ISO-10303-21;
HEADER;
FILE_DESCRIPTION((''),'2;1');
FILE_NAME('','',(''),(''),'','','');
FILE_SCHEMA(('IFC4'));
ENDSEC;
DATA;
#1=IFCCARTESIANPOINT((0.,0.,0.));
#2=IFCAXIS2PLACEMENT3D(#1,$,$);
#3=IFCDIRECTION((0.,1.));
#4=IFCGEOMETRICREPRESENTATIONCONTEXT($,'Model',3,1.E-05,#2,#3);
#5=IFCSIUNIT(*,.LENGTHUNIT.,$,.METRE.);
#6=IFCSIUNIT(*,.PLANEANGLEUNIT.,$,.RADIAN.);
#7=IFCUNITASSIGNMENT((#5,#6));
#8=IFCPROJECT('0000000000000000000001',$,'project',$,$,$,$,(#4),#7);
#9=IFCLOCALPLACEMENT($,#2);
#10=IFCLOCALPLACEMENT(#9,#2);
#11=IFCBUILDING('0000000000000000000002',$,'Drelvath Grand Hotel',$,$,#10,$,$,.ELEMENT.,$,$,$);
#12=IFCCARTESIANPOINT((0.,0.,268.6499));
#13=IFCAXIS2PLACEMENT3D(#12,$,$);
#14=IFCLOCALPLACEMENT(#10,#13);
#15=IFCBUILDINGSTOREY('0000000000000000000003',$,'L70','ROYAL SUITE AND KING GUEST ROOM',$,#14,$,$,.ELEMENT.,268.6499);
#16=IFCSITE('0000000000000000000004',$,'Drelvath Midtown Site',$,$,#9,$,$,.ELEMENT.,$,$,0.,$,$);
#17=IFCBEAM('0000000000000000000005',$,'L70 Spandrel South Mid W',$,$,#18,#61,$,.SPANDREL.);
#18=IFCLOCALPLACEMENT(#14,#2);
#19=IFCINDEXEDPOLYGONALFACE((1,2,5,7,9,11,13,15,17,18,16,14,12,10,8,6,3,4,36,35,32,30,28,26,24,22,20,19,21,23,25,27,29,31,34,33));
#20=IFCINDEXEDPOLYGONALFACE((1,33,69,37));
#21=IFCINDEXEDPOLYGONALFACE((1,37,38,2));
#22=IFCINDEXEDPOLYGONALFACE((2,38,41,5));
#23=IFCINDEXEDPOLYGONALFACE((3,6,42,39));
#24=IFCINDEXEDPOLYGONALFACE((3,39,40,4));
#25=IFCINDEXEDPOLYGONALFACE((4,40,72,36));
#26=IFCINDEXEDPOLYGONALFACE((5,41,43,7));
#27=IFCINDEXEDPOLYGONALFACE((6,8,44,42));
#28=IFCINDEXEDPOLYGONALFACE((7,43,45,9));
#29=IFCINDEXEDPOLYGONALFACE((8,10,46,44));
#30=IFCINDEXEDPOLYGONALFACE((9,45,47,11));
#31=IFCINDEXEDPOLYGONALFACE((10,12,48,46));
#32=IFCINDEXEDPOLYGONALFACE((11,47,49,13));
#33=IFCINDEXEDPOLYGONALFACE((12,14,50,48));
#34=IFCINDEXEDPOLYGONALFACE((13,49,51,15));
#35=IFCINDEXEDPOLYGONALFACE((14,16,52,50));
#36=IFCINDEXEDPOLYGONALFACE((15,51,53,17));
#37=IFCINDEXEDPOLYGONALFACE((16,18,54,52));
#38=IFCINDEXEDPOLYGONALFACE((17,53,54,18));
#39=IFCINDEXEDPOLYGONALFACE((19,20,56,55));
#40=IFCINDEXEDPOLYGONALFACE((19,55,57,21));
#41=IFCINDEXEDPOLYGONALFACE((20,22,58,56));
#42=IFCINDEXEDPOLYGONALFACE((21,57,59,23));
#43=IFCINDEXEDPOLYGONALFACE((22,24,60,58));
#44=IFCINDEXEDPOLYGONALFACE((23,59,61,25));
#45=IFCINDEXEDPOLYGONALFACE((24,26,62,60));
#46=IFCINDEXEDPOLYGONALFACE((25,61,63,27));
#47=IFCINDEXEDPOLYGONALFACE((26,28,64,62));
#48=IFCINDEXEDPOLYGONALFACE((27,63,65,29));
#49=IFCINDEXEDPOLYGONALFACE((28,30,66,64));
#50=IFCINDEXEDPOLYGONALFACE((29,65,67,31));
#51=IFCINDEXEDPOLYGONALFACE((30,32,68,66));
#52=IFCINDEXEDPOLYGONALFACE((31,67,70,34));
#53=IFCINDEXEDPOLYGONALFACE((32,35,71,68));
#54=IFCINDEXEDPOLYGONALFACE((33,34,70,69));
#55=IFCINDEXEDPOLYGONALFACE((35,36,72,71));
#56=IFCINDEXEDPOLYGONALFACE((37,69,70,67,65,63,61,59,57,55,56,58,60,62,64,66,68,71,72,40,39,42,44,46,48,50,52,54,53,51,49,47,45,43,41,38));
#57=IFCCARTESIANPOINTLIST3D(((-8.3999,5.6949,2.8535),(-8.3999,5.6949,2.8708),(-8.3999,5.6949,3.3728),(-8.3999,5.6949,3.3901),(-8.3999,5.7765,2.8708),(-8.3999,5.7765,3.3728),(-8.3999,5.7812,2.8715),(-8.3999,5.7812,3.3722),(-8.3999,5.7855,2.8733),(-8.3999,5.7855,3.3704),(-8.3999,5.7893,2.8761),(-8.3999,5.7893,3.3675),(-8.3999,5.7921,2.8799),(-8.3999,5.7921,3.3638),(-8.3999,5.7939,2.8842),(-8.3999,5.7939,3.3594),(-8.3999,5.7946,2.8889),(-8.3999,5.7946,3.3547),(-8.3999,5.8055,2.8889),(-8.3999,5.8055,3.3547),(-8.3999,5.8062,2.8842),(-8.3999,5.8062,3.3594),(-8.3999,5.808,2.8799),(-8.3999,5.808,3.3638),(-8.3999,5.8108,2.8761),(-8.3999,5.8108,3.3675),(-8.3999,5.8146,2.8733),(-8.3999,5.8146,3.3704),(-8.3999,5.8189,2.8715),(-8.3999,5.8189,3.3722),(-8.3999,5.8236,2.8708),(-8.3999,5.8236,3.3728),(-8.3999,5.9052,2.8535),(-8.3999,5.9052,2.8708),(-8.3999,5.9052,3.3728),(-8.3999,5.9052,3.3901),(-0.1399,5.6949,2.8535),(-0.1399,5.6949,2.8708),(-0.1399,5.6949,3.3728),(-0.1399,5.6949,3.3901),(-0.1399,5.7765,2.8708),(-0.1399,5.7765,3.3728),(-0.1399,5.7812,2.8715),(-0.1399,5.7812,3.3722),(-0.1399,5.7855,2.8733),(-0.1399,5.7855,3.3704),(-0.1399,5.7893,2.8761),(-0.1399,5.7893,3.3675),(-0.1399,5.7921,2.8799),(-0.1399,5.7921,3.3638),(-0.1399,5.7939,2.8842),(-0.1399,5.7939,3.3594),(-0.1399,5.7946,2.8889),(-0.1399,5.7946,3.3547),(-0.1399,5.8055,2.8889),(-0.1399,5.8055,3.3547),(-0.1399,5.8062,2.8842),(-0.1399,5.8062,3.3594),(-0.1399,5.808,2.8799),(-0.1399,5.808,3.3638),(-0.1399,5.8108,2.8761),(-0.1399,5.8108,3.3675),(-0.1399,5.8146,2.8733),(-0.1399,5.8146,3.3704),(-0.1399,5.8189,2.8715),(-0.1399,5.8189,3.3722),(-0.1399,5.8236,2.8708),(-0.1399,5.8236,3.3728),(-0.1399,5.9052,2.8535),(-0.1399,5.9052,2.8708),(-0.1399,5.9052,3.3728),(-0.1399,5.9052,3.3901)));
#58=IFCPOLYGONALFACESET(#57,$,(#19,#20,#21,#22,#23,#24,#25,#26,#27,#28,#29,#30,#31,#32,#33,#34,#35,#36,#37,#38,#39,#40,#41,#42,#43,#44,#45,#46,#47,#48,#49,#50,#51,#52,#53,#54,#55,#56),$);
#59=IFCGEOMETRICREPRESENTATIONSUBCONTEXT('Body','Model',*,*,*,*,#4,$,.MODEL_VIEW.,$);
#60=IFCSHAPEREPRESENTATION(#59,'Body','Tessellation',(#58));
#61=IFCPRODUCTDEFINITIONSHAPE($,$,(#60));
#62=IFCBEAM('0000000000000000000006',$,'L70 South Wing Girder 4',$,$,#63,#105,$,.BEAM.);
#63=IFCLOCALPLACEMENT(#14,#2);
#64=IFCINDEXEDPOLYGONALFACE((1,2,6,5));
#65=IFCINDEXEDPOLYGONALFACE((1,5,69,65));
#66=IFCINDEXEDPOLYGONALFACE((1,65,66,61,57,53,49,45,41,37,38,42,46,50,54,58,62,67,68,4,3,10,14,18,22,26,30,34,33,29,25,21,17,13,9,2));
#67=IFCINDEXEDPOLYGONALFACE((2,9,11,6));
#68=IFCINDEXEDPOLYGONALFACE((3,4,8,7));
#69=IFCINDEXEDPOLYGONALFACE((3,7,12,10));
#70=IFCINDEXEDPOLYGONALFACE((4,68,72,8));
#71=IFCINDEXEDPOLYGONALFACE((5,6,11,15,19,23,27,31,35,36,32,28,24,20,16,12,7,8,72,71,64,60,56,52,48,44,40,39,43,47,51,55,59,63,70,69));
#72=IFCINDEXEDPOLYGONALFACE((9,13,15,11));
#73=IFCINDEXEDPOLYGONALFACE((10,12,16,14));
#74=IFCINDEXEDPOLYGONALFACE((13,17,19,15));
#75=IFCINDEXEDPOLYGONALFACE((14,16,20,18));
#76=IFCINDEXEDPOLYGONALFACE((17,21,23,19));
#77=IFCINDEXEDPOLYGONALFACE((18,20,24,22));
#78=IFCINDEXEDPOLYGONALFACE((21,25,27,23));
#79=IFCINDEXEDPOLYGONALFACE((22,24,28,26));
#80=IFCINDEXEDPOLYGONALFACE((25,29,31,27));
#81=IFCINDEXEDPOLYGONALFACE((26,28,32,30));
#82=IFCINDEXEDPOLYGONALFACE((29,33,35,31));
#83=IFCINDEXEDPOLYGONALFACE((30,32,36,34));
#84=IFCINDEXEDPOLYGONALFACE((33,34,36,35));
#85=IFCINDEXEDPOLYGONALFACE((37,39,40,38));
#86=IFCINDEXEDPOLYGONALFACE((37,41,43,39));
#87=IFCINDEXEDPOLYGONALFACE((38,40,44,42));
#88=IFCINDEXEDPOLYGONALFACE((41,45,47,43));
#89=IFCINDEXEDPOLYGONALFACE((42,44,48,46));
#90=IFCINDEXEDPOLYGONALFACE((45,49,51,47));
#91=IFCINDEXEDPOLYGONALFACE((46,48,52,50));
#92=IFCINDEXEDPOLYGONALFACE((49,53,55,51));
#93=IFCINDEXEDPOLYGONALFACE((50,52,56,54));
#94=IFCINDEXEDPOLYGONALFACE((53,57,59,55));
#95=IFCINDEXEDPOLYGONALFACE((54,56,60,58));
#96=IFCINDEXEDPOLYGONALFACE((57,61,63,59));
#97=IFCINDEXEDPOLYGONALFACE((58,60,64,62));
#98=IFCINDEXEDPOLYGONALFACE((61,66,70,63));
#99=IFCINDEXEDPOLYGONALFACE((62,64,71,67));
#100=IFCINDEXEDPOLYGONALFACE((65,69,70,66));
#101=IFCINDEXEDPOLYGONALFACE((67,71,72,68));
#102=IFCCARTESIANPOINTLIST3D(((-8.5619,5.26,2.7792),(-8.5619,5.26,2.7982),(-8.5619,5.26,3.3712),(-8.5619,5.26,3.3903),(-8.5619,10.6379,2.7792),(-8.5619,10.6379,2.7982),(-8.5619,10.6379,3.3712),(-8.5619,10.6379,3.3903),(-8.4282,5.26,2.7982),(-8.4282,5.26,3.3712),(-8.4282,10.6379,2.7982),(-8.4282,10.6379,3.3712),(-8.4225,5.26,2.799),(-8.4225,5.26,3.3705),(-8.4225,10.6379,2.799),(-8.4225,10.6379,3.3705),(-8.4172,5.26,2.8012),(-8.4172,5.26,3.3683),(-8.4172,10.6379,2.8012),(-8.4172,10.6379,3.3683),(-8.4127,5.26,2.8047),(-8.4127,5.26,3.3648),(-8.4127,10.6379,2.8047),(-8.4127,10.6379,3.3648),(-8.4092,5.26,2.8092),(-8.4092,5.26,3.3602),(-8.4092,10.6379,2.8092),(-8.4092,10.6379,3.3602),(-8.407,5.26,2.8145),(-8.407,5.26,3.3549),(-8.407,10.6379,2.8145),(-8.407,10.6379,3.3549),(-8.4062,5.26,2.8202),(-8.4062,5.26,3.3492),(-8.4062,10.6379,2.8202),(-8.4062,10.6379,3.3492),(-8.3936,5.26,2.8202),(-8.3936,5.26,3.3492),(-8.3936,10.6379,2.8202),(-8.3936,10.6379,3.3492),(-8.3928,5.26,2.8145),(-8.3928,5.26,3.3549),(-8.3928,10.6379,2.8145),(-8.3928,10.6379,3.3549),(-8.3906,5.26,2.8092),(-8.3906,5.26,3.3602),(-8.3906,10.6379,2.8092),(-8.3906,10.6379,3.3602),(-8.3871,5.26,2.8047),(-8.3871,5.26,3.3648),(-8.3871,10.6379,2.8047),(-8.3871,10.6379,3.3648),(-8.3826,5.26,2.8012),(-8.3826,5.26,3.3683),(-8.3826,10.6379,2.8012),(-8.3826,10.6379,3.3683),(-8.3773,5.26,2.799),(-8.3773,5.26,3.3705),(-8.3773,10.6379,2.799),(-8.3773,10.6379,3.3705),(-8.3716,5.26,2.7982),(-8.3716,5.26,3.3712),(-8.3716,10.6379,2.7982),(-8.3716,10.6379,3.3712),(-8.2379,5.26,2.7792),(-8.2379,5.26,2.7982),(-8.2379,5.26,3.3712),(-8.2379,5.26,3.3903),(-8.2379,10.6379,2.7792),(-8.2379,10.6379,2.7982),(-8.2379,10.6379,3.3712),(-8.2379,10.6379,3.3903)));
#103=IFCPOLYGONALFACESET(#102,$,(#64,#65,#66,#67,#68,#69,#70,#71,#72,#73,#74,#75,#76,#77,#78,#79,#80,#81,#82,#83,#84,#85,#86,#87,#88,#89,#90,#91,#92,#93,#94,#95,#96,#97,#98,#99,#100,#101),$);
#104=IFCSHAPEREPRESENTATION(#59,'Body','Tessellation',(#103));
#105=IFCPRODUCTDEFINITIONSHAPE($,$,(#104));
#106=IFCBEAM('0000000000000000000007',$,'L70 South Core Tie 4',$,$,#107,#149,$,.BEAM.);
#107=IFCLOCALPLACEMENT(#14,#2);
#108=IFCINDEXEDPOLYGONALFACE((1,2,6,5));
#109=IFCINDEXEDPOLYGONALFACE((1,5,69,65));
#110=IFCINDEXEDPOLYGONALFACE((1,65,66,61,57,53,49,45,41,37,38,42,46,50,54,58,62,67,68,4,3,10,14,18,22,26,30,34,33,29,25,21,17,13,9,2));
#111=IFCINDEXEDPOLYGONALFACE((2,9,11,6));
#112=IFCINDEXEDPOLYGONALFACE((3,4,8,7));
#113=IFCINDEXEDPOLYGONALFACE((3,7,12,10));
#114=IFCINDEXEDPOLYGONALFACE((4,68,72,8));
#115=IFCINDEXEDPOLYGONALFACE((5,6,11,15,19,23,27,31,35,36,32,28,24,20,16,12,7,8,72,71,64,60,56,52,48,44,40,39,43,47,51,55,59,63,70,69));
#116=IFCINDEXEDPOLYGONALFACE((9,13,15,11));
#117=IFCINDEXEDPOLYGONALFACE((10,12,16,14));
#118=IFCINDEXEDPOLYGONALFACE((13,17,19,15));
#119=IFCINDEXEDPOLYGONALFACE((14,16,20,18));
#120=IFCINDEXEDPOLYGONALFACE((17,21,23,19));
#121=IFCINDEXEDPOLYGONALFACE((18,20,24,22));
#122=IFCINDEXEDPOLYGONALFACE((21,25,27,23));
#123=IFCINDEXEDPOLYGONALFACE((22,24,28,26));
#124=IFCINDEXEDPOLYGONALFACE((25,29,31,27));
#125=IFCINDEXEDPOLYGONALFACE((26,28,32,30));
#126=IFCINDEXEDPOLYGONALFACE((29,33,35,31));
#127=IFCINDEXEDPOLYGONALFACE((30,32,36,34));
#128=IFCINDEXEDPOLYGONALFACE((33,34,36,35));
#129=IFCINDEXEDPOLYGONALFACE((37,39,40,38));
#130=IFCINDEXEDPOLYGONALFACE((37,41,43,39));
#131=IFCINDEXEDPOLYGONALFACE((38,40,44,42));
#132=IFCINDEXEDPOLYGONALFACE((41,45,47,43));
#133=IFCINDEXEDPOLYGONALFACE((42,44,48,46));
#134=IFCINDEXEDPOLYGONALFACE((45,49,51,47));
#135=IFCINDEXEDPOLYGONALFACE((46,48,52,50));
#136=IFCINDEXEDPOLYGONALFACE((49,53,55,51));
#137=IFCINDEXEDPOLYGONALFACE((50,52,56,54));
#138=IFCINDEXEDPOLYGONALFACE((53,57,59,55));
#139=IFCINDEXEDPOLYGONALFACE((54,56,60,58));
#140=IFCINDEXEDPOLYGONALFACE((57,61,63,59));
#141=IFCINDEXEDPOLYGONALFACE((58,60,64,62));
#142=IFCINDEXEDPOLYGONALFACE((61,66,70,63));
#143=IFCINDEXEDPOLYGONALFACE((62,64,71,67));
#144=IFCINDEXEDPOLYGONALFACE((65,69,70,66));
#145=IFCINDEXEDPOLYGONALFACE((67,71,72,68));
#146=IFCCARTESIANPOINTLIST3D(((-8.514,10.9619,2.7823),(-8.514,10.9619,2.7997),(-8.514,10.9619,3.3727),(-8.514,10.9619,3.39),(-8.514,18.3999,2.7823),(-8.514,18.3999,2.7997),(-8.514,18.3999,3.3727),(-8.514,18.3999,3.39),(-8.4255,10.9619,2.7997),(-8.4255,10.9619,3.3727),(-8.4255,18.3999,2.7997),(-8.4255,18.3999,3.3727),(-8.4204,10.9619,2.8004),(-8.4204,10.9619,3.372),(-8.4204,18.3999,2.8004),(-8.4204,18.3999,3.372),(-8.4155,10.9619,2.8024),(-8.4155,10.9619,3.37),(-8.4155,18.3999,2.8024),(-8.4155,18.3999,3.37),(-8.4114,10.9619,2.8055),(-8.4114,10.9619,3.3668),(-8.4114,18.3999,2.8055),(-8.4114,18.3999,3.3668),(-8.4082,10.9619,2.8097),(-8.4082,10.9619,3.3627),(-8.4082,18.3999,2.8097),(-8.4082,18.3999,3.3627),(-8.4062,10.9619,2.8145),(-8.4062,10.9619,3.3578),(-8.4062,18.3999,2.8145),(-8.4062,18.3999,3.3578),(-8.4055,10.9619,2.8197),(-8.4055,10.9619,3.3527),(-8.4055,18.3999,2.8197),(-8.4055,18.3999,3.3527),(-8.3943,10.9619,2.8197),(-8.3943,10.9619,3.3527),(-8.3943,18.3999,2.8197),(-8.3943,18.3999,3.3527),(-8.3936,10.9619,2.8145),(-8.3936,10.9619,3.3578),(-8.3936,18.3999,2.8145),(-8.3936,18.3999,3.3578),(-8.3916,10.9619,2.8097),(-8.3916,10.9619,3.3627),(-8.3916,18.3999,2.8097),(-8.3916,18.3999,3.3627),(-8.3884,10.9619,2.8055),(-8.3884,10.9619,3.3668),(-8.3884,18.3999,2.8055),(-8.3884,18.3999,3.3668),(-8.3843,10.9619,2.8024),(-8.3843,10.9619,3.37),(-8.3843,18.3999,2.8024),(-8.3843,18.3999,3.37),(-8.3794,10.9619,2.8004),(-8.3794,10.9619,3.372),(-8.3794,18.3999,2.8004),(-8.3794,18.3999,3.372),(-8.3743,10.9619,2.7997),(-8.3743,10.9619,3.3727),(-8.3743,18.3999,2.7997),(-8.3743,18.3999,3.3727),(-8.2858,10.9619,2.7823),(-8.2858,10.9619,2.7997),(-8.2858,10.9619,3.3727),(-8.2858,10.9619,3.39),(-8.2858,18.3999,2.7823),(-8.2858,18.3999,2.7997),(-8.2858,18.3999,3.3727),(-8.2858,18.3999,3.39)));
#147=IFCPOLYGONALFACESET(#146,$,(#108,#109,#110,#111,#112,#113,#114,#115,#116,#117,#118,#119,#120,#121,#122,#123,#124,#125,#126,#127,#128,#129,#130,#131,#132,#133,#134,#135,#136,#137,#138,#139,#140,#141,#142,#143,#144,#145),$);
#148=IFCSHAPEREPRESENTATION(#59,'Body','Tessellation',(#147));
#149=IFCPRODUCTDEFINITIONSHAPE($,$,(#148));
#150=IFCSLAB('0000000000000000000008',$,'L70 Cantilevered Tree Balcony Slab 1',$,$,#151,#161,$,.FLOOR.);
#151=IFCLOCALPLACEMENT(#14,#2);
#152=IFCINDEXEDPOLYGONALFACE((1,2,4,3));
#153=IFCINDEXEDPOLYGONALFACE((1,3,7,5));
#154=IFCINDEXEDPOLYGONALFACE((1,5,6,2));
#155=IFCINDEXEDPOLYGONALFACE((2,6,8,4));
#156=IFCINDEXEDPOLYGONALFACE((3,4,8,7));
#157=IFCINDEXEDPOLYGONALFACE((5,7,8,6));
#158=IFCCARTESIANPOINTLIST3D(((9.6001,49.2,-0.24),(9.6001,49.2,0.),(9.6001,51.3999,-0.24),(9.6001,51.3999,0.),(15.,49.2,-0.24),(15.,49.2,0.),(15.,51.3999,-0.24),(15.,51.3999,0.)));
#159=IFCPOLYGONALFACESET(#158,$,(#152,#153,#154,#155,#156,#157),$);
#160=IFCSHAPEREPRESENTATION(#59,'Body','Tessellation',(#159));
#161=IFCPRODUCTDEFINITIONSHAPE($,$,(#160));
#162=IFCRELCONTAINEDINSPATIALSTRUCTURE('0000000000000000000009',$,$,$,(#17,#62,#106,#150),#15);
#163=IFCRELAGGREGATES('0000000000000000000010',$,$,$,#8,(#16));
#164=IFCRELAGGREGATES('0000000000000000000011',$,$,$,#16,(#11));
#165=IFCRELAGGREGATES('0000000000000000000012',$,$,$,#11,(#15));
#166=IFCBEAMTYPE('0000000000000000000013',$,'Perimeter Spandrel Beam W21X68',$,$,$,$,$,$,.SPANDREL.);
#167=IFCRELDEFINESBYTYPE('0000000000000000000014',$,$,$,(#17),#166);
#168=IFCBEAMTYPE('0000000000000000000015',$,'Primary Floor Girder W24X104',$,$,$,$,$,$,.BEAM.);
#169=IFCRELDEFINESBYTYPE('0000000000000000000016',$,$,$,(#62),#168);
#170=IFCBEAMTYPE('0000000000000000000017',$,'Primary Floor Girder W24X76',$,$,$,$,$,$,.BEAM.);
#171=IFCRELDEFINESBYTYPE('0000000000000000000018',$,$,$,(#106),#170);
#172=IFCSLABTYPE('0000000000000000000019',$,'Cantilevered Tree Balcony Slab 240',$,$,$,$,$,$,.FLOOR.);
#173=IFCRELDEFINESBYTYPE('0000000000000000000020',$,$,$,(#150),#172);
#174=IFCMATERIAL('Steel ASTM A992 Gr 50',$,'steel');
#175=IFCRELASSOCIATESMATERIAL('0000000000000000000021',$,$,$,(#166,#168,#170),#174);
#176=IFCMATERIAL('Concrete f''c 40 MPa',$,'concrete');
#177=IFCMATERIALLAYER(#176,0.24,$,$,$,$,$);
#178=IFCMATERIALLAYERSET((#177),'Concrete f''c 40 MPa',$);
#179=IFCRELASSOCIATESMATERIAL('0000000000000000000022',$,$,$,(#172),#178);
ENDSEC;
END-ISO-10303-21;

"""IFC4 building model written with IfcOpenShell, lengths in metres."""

from ifc_helpers import new_model, si_unit, direction, frame, origin, origin_2d, place, context, subcontext, project, spatial, polyline, i_section, outline, extrude, material, layer, layer_set, material_profile, profile_set, type_object, element, save


model = new_model("IFC4")

# Units and contexts
model_context = context("Model", 3, precision=1e-05, world=origin(), true_north=direction((0.0, 1.0)))
body_context = subcontext(model_context, "Body", "Model", "MODEL_VIEW")
ifc_project = project(units=[si_unit("LENGTHUNIT", "METRE"), si_unit("PLANEANGLEUNIT", "RADIAN")], contexts=[model_context])

# Site, building, storey
site_placement = place(None, origin())
site = spatial("IfcSite", under=ifc_project, at=site_placement, Name="Drelvath Midtown Site", CompositionType="ELEMENT", RefElevation=0.0)
building_placement = place(site_placement, origin())
building = spatial("IfcBuilding", under=site, at=building_placement, Name="Drelvath Grand Hotel", CompositionType="ELEMENT")
storey_placement = place(building_placement, frame((0.0, 0.0, 268.6499)))
storey = spatial("IfcBuildingStorey", under=building, at=storey_placement, Name="L70", Description="ROYAL SUITE AND KING GUEST ROOM", CompositionType="ELEMENT", Elevation=268.6499)

# Beams
ifc_material_1 = material(Name="Steel ASTM A992 Gr 50", Category="steel")
ifc_material_profile_1 = material_profile(ifc_material_1, i_section(OverallWidth=0.2102, OverallDepth=0.5366, WebThickness=0.011, FlangeThickness=0.0173, FilletRadius=0.0181, at=origin_2d()), Name="W21X68")
ifc_profile_set_1 = profile_set([ifc_material_profile_1], Name="Steel ASTM A992 Gr 50")
beam_type_1 = type_object("IfcBeamType", Name="Perimeter Spandrel Beam W21X68", PredefinedType="SPANDREL", material=ifc_profile_set_1)
beam_1_placement = place(storey_placement, frame((-8.3999, 5.8, 3.1218), z_axis=(1.0, 0.0, 0.0), x_axis=(0.0, 1.0, 0.0)))
element("IfcBeam", 1, at=beam_1_placement, inside=storey, type_object=beam_type_1, Name="L70 Spandrel South Mid W", PredefinedType="SPANDREL", context=body_context, shape_type="SweptSolid", body=[
    extrude(i_section(OverallWidth=0.2102, OverallDepth=0.5366, WebThickness=0.011, FlangeThickness=0.0173, FilletRadius=0.0181, at=origin_2d()), origin(), (0.0, 0.0, 1.0), 8.26),
])
ifc_material_profile_2 = material_profile(ifc_material_1, i_section(OverallWidth=0.324, OverallDepth=0.6111, WebThickness=0.0127, FlangeThickness=0.019, FilletRadius=0.022, at=origin_2d()), Name="W24X104")
ifc_profile_set_2 = profile_set([ifc_material_profile_2], Name="Steel ASTM A992 Gr 50")
beam_type_2 = type_object("IfcBeamType", Name="Primary Floor Girder W24X104", PredefinedType="BEAM", material=ifc_profile_set_2)
beam_2_placement = place(storey_placement, frame((-8.3999, 5.26, 3.0847), z_axis=(0.0, 1.0, 0.0), x_axis=(-1.0, 0.0, 0.0)))
element("IfcBeam", 2, at=beam_2_placement, inside=storey, type_object=beam_type_2, Name="L70 South Wing Girder 4", PredefinedType="BEAM", context=body_context, shape_type="SweptSolid", body=[
    extrude(i_section(OverallWidth=0.324, OverallDepth=0.6111, WebThickness=0.0127, FlangeThickness=0.019, FilletRadius=0.022, at=origin_2d()), origin(), (0.0, 0.0, 1.0), 5.3779),
])
ifc_material_profile_3 = material_profile(ifc_material_1, i_section(OverallWidth=0.2283, OverallDepth=0.6077, WebThickness=0.0112, FlangeThickness=0.0173, FilletRadius=0.02, at=origin_2d()), Name="W24X76")
ifc_profile_set_3 = profile_set([ifc_material_profile_3], Name="Steel ASTM A992 Gr 50")
beam_type_3 = type_object("IfcBeamType", Name="Primary Floor Girder W24X76", PredefinedType="BEAM", material=ifc_profile_set_3)
beam_3_placement = place(storey_placement, frame((-8.3999, 10.9619, 3.0862), z_axis=(0.0, 1.0, 0.0), x_axis=(-1.0, 0.0, 0.0)))
element("IfcBeam", 3, at=beam_3_placement, inside=storey, type_object=beam_type_3, Name="L70 South Core Tie 4", PredefinedType="BEAM", context=body_context, shape_type="SweptSolid", body=[
    extrude(i_section(OverallWidth=0.2283, OverallDepth=0.6077, WebThickness=0.0112, FlangeThickness=0.0173, FilletRadius=0.02, at=origin_2d()), origin(), (0.0, 0.0, 1.0), 7.438),
])

# Slab
ifc_material_2 = material(Name="Concrete f'c 40 MPa", Category="concrete")
ifc_layer_1 = layer(ifc_material_2, 0.24)
ifc_layer_set_1 = layer_set([ifc_layer_1], Name="Concrete f'c 40 MPa")
slab_type_1 = type_object("IfcSlabType", Name="Cantilevered Tree Balcony Slab 240", PredefinedType="FLOOR", material=ifc_layer_set_1)
slab_1_placement = place(storey_placement, frame((0.0, 0.0, -0.24)))
element("IfcSlab", 4, at=slab_1_placement, inside=storey, type_object=slab_type_1, Name="L70 Cantilevered Tree Balcony Slab 1", PredefinedType="FLOOR", context=body_context, shape_type="SweptSolid", body=[
    extrude(outline(polyline([(9.6001, 49.2), (15.0, 49.2), (15.0, 51.3999), (9.6001, 51.3999), (9.6001, 49.2)])), origin(), (0.0, 0.0, 1.0), 0.24),
])

save(model, "model.ifc")
